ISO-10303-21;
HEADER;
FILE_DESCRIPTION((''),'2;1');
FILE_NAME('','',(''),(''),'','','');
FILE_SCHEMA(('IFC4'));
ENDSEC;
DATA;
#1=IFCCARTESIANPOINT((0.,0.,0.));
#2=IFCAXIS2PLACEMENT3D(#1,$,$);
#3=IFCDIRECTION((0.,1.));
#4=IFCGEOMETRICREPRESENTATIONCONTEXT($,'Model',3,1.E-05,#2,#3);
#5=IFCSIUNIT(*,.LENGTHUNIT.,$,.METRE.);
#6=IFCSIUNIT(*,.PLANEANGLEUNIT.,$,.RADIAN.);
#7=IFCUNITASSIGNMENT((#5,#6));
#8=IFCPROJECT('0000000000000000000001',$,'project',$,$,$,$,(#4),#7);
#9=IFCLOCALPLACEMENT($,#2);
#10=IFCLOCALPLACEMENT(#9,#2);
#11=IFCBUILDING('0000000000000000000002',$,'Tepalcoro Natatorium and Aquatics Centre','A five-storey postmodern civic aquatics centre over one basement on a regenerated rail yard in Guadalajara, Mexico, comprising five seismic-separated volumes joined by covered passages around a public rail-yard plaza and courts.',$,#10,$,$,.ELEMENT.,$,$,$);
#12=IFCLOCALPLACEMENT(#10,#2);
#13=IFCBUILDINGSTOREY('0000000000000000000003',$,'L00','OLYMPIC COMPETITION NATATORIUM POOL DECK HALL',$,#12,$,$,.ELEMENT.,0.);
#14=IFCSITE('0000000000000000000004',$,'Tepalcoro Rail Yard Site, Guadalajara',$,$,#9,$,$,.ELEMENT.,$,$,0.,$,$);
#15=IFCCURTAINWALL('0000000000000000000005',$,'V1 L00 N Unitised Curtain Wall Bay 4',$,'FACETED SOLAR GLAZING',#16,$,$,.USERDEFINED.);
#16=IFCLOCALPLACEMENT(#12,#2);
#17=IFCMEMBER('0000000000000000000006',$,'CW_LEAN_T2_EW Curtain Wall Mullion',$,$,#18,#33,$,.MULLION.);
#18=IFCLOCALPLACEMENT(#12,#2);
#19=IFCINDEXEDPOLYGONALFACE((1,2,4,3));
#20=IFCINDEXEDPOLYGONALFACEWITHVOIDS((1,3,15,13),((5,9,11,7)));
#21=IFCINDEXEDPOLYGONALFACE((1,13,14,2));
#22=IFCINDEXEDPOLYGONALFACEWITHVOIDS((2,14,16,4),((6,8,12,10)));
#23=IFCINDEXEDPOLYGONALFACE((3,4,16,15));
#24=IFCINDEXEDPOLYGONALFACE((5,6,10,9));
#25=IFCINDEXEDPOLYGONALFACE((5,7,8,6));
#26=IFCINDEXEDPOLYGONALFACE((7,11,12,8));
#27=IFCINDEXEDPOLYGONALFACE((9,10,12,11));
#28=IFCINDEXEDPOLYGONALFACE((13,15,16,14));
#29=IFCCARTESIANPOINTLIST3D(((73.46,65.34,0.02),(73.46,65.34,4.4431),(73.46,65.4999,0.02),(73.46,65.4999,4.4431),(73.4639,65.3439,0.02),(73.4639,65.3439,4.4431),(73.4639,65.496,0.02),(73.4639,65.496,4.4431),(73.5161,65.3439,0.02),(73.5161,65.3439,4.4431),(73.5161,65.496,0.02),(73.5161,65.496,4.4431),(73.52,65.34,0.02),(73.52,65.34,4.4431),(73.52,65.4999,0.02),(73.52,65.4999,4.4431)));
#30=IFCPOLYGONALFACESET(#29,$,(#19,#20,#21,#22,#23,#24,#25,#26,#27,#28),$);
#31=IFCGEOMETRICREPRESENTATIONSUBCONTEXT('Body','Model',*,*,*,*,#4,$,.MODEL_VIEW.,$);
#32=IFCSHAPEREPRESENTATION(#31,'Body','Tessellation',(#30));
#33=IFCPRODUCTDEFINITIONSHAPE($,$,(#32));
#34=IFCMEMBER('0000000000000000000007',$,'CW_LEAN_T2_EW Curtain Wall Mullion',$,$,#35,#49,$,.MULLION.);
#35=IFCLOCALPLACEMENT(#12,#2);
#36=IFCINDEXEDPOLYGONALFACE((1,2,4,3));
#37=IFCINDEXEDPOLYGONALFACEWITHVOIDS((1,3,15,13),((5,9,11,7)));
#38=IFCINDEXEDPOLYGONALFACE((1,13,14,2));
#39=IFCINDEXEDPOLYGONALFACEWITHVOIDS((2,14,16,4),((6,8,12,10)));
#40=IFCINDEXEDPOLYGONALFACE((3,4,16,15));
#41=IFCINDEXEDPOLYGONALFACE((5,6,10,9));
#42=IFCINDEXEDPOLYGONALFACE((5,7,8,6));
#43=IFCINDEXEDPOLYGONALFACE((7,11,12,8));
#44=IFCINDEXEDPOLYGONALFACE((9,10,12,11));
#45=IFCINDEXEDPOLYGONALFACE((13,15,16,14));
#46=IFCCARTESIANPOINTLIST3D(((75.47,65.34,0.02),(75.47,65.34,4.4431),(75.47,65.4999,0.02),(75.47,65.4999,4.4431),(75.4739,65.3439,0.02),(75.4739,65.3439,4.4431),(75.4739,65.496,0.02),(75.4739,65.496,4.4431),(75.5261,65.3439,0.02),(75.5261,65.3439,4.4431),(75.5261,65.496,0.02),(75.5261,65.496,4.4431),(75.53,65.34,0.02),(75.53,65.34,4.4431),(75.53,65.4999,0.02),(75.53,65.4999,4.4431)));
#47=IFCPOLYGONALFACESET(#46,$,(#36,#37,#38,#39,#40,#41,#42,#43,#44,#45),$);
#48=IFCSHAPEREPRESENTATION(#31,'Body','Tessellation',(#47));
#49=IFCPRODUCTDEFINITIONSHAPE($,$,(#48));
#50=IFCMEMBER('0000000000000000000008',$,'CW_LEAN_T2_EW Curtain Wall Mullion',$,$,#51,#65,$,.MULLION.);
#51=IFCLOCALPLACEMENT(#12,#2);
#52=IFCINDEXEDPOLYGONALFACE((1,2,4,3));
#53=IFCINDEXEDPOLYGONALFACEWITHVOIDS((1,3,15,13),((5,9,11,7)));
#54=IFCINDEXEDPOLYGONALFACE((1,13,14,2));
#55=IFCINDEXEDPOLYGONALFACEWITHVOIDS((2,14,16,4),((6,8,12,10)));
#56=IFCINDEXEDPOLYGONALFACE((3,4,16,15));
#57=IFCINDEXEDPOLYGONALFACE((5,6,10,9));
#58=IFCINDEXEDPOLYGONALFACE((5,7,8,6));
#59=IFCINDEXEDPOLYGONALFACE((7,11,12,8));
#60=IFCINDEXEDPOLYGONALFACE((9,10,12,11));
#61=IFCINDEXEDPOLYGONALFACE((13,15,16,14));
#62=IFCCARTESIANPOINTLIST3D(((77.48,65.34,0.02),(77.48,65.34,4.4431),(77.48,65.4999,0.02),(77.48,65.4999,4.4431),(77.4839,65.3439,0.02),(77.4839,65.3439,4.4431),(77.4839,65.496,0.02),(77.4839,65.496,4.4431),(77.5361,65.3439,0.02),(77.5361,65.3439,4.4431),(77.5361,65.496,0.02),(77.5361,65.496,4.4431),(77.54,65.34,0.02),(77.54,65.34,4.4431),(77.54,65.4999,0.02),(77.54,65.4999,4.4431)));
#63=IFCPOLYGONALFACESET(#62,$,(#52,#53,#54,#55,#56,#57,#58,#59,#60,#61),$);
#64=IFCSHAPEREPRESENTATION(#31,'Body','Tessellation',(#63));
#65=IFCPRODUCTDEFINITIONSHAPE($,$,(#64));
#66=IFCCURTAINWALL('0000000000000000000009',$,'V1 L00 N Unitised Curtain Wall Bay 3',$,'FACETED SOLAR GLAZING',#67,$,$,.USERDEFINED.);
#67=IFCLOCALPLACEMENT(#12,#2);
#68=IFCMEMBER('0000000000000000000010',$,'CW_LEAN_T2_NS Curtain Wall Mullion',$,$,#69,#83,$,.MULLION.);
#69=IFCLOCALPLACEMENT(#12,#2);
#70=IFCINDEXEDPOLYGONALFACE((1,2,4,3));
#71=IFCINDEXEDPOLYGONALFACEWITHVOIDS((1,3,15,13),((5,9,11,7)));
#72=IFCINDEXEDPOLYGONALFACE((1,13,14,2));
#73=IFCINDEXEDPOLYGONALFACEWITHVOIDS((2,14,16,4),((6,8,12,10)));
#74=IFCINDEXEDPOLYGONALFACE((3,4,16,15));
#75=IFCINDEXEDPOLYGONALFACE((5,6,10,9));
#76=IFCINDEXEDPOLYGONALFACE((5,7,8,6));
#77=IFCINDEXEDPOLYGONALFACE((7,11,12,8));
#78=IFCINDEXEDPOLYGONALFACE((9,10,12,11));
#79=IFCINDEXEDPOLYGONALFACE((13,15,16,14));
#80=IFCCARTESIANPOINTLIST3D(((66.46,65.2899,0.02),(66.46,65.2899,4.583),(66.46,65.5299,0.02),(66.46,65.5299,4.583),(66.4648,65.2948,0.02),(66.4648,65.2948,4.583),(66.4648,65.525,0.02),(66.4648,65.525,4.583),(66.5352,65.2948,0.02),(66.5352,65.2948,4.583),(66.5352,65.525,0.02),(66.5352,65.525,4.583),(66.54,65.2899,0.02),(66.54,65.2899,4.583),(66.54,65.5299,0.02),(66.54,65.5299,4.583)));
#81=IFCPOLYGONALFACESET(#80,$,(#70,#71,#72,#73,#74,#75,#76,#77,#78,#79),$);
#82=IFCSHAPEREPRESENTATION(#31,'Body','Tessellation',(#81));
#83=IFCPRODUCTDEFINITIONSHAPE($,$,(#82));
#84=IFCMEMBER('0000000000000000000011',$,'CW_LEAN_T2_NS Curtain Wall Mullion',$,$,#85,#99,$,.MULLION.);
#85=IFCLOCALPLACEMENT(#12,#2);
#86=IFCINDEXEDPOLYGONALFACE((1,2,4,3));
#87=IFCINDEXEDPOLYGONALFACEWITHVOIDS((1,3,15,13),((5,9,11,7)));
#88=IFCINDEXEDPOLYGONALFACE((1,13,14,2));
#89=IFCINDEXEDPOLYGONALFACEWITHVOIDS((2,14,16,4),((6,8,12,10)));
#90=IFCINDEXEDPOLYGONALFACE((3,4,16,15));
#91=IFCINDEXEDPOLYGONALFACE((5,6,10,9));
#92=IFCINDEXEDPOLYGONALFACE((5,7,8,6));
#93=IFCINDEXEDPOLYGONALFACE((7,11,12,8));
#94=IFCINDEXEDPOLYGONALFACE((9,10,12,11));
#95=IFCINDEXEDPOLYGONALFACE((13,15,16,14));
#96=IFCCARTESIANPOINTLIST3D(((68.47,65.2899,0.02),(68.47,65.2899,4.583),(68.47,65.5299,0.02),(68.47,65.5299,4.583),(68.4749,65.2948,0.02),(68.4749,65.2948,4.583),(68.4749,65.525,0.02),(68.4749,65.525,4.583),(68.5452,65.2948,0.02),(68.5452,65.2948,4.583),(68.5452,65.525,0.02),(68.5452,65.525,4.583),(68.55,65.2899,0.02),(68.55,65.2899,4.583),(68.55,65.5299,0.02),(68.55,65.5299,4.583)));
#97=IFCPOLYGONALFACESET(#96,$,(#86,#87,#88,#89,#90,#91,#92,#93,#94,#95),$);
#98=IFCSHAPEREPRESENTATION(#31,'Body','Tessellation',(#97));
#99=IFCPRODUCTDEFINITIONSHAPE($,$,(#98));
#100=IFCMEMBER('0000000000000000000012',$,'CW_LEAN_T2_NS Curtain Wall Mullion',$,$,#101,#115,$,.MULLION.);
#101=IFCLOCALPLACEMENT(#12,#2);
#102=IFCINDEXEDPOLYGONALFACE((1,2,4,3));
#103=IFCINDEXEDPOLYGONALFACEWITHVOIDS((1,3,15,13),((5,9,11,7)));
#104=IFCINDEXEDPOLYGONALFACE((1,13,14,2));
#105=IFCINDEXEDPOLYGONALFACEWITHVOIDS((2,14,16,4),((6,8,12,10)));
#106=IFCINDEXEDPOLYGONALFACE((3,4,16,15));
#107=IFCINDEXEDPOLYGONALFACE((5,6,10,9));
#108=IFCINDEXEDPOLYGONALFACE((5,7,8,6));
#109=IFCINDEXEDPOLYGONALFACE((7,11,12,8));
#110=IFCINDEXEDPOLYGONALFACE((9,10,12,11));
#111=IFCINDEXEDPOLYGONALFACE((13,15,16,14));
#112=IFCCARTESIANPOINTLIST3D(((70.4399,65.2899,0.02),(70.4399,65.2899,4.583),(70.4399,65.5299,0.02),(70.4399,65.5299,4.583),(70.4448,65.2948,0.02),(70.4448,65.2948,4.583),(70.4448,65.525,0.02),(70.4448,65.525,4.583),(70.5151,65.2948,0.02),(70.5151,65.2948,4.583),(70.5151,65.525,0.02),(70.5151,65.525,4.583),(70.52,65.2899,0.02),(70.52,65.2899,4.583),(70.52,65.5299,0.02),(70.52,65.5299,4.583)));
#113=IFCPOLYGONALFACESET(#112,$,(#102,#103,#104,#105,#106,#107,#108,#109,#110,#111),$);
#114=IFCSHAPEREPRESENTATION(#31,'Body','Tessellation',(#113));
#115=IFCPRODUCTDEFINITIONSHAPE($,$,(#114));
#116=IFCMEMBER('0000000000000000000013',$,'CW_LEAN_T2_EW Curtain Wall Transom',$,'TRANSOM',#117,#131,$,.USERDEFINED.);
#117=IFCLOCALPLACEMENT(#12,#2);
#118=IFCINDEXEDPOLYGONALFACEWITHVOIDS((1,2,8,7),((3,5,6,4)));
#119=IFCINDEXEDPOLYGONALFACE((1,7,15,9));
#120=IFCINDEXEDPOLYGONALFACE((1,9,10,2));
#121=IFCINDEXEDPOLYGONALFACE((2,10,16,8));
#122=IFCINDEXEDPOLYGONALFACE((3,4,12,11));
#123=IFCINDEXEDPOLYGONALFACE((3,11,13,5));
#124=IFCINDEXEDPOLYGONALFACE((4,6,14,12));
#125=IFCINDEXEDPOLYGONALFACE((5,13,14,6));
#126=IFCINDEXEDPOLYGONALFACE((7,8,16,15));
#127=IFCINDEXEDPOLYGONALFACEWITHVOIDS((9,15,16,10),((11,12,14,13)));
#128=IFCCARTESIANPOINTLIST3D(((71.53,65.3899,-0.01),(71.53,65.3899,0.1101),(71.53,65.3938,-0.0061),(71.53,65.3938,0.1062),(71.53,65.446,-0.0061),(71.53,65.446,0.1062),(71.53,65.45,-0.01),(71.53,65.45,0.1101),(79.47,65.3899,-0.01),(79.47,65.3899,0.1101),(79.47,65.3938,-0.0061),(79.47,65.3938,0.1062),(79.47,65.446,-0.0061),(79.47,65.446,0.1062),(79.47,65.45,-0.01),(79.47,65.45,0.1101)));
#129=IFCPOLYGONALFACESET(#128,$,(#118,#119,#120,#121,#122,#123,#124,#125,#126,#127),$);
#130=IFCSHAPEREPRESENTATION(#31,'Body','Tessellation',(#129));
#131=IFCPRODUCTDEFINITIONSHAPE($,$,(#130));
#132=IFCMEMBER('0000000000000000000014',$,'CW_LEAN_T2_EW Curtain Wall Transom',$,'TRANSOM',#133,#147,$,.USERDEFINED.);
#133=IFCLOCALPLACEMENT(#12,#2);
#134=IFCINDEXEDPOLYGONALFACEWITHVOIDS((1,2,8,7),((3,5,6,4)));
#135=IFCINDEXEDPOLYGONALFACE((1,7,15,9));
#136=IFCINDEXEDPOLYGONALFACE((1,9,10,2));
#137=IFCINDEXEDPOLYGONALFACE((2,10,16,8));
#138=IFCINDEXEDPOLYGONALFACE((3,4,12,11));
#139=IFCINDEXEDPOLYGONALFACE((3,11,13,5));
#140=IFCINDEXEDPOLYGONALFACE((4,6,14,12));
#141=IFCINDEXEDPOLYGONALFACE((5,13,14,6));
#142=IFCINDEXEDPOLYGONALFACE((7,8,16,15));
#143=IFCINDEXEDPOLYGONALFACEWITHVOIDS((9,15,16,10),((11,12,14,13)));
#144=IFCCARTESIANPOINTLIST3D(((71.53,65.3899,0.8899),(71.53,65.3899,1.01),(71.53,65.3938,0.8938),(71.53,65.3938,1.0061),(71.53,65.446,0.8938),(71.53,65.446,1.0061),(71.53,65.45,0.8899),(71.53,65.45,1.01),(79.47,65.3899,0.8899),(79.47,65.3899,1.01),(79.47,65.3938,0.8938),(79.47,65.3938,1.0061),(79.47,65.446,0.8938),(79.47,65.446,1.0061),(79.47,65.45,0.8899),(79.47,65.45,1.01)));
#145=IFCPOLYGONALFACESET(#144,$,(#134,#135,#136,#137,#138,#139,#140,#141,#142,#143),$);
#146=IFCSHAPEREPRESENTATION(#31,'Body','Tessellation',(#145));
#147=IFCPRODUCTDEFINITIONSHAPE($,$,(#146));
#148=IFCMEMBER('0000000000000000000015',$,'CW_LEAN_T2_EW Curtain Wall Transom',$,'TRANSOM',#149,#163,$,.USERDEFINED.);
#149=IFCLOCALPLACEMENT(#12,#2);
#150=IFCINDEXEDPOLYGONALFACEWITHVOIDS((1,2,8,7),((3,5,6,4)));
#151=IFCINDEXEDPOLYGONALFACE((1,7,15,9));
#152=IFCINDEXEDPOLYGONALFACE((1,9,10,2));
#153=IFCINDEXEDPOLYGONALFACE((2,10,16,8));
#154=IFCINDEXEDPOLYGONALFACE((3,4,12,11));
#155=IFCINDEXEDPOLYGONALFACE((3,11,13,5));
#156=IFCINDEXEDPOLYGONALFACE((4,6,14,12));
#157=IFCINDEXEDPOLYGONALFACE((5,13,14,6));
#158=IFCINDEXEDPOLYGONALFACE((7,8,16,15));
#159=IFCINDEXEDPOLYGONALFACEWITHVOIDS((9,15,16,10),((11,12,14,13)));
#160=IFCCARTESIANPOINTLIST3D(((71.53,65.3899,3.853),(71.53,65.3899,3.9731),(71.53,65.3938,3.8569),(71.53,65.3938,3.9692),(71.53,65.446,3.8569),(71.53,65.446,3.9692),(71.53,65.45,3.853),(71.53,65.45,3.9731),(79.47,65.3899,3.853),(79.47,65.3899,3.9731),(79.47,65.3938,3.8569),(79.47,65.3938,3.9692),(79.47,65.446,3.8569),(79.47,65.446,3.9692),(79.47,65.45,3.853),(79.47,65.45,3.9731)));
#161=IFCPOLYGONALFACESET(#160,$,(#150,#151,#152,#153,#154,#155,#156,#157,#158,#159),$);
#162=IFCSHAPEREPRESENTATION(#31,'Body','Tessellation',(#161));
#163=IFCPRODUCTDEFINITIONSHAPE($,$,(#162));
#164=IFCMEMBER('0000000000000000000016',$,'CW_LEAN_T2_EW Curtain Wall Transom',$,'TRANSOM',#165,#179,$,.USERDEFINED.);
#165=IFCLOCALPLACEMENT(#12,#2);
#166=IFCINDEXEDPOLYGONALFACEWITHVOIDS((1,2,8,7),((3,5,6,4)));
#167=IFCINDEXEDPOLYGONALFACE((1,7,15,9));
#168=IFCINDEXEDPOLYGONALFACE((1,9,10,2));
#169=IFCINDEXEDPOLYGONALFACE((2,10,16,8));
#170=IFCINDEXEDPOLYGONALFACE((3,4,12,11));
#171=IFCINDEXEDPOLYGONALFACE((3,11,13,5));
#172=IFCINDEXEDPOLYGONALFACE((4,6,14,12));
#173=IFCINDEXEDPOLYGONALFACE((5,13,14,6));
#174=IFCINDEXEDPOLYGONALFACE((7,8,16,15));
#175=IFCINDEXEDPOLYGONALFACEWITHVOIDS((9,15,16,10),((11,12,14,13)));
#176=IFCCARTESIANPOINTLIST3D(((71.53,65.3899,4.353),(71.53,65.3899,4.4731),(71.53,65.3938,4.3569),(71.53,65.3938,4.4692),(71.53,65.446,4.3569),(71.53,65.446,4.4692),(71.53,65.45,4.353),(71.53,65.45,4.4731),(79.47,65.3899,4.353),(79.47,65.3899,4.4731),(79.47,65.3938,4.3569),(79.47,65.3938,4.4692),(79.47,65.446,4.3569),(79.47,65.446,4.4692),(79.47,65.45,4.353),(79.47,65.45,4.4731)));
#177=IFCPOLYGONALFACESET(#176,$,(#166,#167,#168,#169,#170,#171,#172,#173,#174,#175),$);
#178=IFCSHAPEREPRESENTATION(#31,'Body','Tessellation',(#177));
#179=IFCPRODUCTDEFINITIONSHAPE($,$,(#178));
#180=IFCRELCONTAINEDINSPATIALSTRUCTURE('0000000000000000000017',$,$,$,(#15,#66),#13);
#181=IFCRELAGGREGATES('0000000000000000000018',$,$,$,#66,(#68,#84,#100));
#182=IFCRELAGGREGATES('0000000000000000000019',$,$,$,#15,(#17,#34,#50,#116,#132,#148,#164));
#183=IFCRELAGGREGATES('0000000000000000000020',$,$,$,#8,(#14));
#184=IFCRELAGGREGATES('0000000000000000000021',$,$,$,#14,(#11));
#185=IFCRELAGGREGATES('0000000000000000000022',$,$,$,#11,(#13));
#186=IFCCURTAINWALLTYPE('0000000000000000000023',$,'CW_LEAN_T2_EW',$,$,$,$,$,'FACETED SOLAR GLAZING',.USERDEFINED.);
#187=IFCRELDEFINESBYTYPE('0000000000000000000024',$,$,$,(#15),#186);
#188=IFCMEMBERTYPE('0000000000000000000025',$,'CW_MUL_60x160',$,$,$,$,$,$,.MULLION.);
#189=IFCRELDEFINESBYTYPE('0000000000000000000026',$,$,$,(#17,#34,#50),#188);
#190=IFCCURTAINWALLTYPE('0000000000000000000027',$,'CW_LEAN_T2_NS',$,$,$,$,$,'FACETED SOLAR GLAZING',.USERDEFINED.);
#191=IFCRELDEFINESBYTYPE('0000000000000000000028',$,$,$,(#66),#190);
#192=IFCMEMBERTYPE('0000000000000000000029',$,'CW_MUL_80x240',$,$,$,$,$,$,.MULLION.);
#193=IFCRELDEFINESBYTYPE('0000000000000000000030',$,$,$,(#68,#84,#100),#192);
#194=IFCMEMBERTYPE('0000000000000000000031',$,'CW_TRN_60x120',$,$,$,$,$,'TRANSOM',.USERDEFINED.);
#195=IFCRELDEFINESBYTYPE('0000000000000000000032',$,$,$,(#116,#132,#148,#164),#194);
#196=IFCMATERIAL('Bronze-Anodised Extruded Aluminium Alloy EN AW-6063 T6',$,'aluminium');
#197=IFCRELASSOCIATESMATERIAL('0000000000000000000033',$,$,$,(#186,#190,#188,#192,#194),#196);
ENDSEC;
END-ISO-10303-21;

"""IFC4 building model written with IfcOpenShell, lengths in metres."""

from ifc_helpers import new_model, si_unit, direction, frame, origin, origin_2d, place, context, subcontext, project, spatial, hollow_rectangle, extrude, material, material_profile, profile_set, type_object, element, aggregate, save


model = new_model("IFC4")

# Units and contexts
model_context = context("Model", 3, precision=1e-05, world=origin(), true_north=direction((0.0, 1.0)))
body_context = subcontext(model_context, "Body", "Model", "MODEL_VIEW")
ifc_project = project(units=[si_unit("LENGTHUNIT", "METRE"), si_unit("PLANEANGLEUNIT", "RADIAN")], contexts=[model_context])

# Site, building, storey
site_placement = place(None, origin())
site = spatial("IfcSite", under=ifc_project, at=site_placement, Name="Tepalcoro Rail Yard Site, Guadalajara", CompositionType="ELEMENT", RefElevation=0.0)
building_placement = place(site_placement, origin())
building = spatial("IfcBuilding", under=site, at=building_placement, Name="Tepalcoro Natatorium and Aquatics Centre", Description="A five-storey postmodern civic aquatics centre over one basement on a regenerated rail yard in Guadalajara, Mexico, comprising five seismic-separated volumes joined by covered passages around a public rail-yard plaza and courts.", CompositionType="ELEMENT")
storey_placement = place(building_placement, origin())
storey = spatial("IfcBuildingStorey", under=building, at=storey_placement, Name="L00", Description="OLYMPIC COMPETITION NATATORIUM POOL DECK HALL", CompositionType="ELEMENT", Elevation=0.0)

# Curtain walls, members
ifc_material_1 = material(Name="Bronze-Anodised Extruded Aluminium Alloy EN AW-6063 T6", Category="aluminium")
curtain_wall_type_1 = type_object("IfcCurtainWallType", Name="CW_LEAN_T2_EW", ElementType="FACETED SOLAR GLAZING", PredefinedType="USERDEFINED", material=ifc_material_1)
curtain_wall_1_placement = place(storey_placement, origin())
curtain_wall_1 = element("IfcCurtainWall", 1, at=curtain_wall_1_placement, inside=storey, type_object=curtain_wall_type_1, Name="V1 L00 N Unitised Curtain Wall Bay 4", ObjectType="FACETED SOLAR GLAZING", PredefinedType="USERDEFINED")
ifc_material_profile_1 = material_profile(ifc_material_1, hollow_rectangle(XDim=0.0601, YDim=0.1599, WallThickness=0.0039, at=origin_2d()), Name="AL60X160X4")
ifc_profile_set_1 = profile_set([ifc_material_profile_1], Name="Bronze-Anodised Extruded Aluminium Alloy EN AW-6063 T6")
member_type_1 = type_object("IfcMemberType", Name="CW_MUL_60x160", PredefinedType="MULLION", material=ifc_profile_set_1)
member_1_placement = place(storey_placement, frame((73.49, 65.4199, 0.02), z_axis=(0.0, 0.0, 1.0), x_axis=(1.0, 0.0, 0.0)))
member_1 = element("IfcMember", 2, at=member_1_placement, type_object=member_type_1, Name="CW_LEAN_T2_EW Curtain Wall Mullion", PredefinedType="MULLION", context=body_context, shape_type="SweptSolid", body=[
    extrude(hollow_rectangle(XDim=0.0601, YDim=0.1599, WallThickness=0.0039, at=origin_2d()), origin(), (0.0, 0.0, 1.0), 4.4231),
])
member_2_placement = place(storey_placement, frame((75.5, 65.4199, 0.02), z_axis=(0.0, 0.0, 1.0), x_axis=(1.0, 0.0, 0.0)))
member_2 = element("IfcMember", 3, at=member_2_placement, type_object=member_type_1, Name="CW_LEAN_T2_EW Curtain Wall Mullion", PredefinedType="MULLION", context=body_context, shape_type="SweptSolid", body=[
    extrude(hollow_rectangle(XDim=0.0601, YDim=0.1599, WallThickness=0.0039, at=origin_2d()), origin(), (0.0, 0.0, 1.0), 4.4231),
])
member_3_placement = place(storey_placement, frame((77.51, 65.4199, 0.02), z_axis=(0.0, 0.0, 1.0), x_axis=(1.0, 0.0, 0.0)))
member_3 = element("IfcMember", 4, at=member_3_placement, type_object=member_type_1, Name="CW_LEAN_T2_EW Curtain Wall Mullion", PredefinedType="MULLION", context=body_context, shape_type="SweptSolid", body=[
    extrude(hollow_rectangle(XDim=0.0601, YDim=0.1599, WallThickness=0.0039, at=origin_2d()), origin(), (0.0, 0.0, 1.0), 4.4231),
])
curtain_wall_type_2 = type_object("IfcCurtainWallType", Name="CW_LEAN_T2_NS", ElementType="FACETED SOLAR GLAZING", PredefinedType="USERDEFINED", material=ifc_material_1)
curtain_wall_2_placement = place(storey_placement, origin())
curtain_wall_2 = element("IfcCurtainWall", 5, at=curtain_wall_2_placement, inside=storey, type_object=curtain_wall_type_2, Name="V1 L00 N Unitised Curtain Wall Bay 3", ObjectType="FACETED SOLAR GLAZING", PredefinedType="USERDEFINED")
ifc_material_profile_2 = material_profile(ifc_material_1, hollow_rectangle(XDim=0.0801, YDim=0.24, WallThickness=0.0049, at=origin_2d()), Name="AL80X240X5")
ifc_profile_set_2 = profile_set([ifc_material_profile_2], Name="Bronze-Anodised Extruded Aluminium Alloy EN AW-6063 T6")
member_type_2 = type_object("IfcMemberType", Name="CW_MUL_80x240", PredefinedType="MULLION", material=ifc_profile_set_2)
member_4_placement = place(storey_placement, frame((66.5, 65.4099, 0.02), z_axis=(0.0, 0.0, 1.0), x_axis=(1.0, 0.0, 0.0)))
member_4 = element("IfcMember", 6, at=member_4_placement, type_object=member_type_2, Name="CW_LEAN_T2_NS Curtain Wall Mullion", PredefinedType="MULLION", context=body_context, shape_type="SweptSolid", body=[
    extrude(hollow_rectangle(XDim=0.0801, YDim=0.24, WallThickness=0.0049, at=origin_2d()), origin(), (0.0, 0.0, 1.0), 4.563),
])
member_5_placement = place(storey_placement, frame((68.51, 65.4099, 0.02), z_axis=(0.0, 0.0, 1.0), x_axis=(1.0, 0.0, 0.0)))
member_5 = element("IfcMember", 7, at=member_5_placement, type_object=member_type_2, Name="CW_LEAN_T2_NS Curtain Wall Mullion", PredefinedType="MULLION", context=body_context, shape_type="SweptSolid", body=[
    extrude(hollow_rectangle(XDim=0.0801, YDim=0.24, WallThickness=0.0049, at=origin_2d()), origin(), (0.0, 0.0, 1.0), 4.563),
])
member_6_placement = place(storey_placement, frame((70.48, 65.4099, 0.02), z_axis=(0.0, 0.0, 1.0), x_axis=(1.0, 0.0, 0.0)))
member_6 = element("IfcMember", 8, at=member_6_placement, type_object=member_type_2, Name="CW_LEAN_T2_NS Curtain Wall Mullion", PredefinedType="MULLION", context=body_context, shape_type="SweptSolid", body=[
    extrude(hollow_rectangle(XDim=0.0801, YDim=0.24, WallThickness=0.0049, at=origin_2d()), origin(), (0.0, 0.0, 1.0), 4.563),
])

# Members
ifc_material_profile_3 = material_profile(ifc_material_1, hollow_rectangle(XDim=0.0601, YDim=0.1201, WallThickness=0.0039, at=origin_2d()), Name="AL60X120X4")
ifc_profile_set_3 = profile_set([ifc_material_profile_3], Name="Bronze-Anodised Extruded Aluminium Alloy EN AW-6063 T6")
member_type_3 = type_object("IfcMemberType", Name="CW_TRN_60x120", ElementType="TRANSOM", PredefinedType="USERDEFINED", material=ifc_profile_set_3)
member_7_placement = place(storey_placement, frame((71.53, 65.4199, 0.05), z_axis=(1.0, 0.0, 0.0), x_axis=(0.0, 1.0, 0.0)))
member_7 = element("IfcMember", 9, at=member_7_placement, type_object=member_type_3, Name="CW_LEAN_T2_EW Curtain Wall Transom", ObjectType="TRANSOM", PredefinedType="USERDEFINED", context=body_context, shape_type="SweptSolid", body=[
    extrude(hollow_rectangle(XDim=0.0601, YDim=0.1201, WallThickness=0.0039, at=origin_2d()), origin(), (0.0, 0.0, 1.0), 7.9399),
])
member_8_placement = place(storey_placement, frame((71.53, 65.4199, 0.95), z_axis=(1.0, 0.0, 0.0), x_axis=(0.0, 1.0, 0.0)))
member_8 = element("IfcMember", 10, at=member_8_placement, type_object=member_type_3, Name="CW_LEAN_T2_EW Curtain Wall Transom", ObjectType="TRANSOM", PredefinedType="USERDEFINED", context=body_context, shape_type="SweptSolid", body=[
    extrude(hollow_rectangle(XDim=0.0601, YDim=0.1201, WallThickness=0.0039, at=origin_2d()), origin(), (0.0, 0.0, 1.0), 7.9399),
])
member_9_placement = place(storey_placement, frame((71.53, 65.4199, 3.9131), z_axis=(1.0, 0.0, 0.0), x_axis=(0.0, 1.0, 0.0)))
member_9 = element("IfcMember", 11, at=member_9_placement, type_object=member_type_3, Name="CW_LEAN_T2_EW Curtain Wall Transom", ObjectType="TRANSOM", PredefinedType="USERDEFINED", context=body_context, shape_type="SweptSolid", body=[
    extrude(hollow_rectangle(XDim=0.0601, YDim=0.1201, WallThickness=0.0039, at=origin_2d()), origin(), (0.0, 0.0, 1.0), 7.9399),
])
member_10_placement = place(storey_placement, frame((71.53, 65.4199, 4.4131), z_axis=(1.0, 0.0, 0.0), x_axis=(0.0, 1.0, 0.0)))
member_10 = element("IfcMember", 12, at=member_10_placement, type_object=member_type_3, Name="CW_LEAN_T2_EW Curtain Wall Transom", ObjectType="TRANSOM", PredefinedType="USERDEFINED", context=body_context, shape_type="SweptSolid", body=[
    extrude(hollow_rectangle(XDim=0.0601, YDim=0.1201, WallThickness=0.0039, at=origin_2d()), origin(), (0.0, 0.0, 1.0), 7.9399),
])

aggregate(curtain_wall_2, [member_4, member_5, member_6])
aggregate(curtain_wall_1, [member_1, member_2, member_3, member_7, member_8, member_9, member_10])

save(model, "model.ifc")
